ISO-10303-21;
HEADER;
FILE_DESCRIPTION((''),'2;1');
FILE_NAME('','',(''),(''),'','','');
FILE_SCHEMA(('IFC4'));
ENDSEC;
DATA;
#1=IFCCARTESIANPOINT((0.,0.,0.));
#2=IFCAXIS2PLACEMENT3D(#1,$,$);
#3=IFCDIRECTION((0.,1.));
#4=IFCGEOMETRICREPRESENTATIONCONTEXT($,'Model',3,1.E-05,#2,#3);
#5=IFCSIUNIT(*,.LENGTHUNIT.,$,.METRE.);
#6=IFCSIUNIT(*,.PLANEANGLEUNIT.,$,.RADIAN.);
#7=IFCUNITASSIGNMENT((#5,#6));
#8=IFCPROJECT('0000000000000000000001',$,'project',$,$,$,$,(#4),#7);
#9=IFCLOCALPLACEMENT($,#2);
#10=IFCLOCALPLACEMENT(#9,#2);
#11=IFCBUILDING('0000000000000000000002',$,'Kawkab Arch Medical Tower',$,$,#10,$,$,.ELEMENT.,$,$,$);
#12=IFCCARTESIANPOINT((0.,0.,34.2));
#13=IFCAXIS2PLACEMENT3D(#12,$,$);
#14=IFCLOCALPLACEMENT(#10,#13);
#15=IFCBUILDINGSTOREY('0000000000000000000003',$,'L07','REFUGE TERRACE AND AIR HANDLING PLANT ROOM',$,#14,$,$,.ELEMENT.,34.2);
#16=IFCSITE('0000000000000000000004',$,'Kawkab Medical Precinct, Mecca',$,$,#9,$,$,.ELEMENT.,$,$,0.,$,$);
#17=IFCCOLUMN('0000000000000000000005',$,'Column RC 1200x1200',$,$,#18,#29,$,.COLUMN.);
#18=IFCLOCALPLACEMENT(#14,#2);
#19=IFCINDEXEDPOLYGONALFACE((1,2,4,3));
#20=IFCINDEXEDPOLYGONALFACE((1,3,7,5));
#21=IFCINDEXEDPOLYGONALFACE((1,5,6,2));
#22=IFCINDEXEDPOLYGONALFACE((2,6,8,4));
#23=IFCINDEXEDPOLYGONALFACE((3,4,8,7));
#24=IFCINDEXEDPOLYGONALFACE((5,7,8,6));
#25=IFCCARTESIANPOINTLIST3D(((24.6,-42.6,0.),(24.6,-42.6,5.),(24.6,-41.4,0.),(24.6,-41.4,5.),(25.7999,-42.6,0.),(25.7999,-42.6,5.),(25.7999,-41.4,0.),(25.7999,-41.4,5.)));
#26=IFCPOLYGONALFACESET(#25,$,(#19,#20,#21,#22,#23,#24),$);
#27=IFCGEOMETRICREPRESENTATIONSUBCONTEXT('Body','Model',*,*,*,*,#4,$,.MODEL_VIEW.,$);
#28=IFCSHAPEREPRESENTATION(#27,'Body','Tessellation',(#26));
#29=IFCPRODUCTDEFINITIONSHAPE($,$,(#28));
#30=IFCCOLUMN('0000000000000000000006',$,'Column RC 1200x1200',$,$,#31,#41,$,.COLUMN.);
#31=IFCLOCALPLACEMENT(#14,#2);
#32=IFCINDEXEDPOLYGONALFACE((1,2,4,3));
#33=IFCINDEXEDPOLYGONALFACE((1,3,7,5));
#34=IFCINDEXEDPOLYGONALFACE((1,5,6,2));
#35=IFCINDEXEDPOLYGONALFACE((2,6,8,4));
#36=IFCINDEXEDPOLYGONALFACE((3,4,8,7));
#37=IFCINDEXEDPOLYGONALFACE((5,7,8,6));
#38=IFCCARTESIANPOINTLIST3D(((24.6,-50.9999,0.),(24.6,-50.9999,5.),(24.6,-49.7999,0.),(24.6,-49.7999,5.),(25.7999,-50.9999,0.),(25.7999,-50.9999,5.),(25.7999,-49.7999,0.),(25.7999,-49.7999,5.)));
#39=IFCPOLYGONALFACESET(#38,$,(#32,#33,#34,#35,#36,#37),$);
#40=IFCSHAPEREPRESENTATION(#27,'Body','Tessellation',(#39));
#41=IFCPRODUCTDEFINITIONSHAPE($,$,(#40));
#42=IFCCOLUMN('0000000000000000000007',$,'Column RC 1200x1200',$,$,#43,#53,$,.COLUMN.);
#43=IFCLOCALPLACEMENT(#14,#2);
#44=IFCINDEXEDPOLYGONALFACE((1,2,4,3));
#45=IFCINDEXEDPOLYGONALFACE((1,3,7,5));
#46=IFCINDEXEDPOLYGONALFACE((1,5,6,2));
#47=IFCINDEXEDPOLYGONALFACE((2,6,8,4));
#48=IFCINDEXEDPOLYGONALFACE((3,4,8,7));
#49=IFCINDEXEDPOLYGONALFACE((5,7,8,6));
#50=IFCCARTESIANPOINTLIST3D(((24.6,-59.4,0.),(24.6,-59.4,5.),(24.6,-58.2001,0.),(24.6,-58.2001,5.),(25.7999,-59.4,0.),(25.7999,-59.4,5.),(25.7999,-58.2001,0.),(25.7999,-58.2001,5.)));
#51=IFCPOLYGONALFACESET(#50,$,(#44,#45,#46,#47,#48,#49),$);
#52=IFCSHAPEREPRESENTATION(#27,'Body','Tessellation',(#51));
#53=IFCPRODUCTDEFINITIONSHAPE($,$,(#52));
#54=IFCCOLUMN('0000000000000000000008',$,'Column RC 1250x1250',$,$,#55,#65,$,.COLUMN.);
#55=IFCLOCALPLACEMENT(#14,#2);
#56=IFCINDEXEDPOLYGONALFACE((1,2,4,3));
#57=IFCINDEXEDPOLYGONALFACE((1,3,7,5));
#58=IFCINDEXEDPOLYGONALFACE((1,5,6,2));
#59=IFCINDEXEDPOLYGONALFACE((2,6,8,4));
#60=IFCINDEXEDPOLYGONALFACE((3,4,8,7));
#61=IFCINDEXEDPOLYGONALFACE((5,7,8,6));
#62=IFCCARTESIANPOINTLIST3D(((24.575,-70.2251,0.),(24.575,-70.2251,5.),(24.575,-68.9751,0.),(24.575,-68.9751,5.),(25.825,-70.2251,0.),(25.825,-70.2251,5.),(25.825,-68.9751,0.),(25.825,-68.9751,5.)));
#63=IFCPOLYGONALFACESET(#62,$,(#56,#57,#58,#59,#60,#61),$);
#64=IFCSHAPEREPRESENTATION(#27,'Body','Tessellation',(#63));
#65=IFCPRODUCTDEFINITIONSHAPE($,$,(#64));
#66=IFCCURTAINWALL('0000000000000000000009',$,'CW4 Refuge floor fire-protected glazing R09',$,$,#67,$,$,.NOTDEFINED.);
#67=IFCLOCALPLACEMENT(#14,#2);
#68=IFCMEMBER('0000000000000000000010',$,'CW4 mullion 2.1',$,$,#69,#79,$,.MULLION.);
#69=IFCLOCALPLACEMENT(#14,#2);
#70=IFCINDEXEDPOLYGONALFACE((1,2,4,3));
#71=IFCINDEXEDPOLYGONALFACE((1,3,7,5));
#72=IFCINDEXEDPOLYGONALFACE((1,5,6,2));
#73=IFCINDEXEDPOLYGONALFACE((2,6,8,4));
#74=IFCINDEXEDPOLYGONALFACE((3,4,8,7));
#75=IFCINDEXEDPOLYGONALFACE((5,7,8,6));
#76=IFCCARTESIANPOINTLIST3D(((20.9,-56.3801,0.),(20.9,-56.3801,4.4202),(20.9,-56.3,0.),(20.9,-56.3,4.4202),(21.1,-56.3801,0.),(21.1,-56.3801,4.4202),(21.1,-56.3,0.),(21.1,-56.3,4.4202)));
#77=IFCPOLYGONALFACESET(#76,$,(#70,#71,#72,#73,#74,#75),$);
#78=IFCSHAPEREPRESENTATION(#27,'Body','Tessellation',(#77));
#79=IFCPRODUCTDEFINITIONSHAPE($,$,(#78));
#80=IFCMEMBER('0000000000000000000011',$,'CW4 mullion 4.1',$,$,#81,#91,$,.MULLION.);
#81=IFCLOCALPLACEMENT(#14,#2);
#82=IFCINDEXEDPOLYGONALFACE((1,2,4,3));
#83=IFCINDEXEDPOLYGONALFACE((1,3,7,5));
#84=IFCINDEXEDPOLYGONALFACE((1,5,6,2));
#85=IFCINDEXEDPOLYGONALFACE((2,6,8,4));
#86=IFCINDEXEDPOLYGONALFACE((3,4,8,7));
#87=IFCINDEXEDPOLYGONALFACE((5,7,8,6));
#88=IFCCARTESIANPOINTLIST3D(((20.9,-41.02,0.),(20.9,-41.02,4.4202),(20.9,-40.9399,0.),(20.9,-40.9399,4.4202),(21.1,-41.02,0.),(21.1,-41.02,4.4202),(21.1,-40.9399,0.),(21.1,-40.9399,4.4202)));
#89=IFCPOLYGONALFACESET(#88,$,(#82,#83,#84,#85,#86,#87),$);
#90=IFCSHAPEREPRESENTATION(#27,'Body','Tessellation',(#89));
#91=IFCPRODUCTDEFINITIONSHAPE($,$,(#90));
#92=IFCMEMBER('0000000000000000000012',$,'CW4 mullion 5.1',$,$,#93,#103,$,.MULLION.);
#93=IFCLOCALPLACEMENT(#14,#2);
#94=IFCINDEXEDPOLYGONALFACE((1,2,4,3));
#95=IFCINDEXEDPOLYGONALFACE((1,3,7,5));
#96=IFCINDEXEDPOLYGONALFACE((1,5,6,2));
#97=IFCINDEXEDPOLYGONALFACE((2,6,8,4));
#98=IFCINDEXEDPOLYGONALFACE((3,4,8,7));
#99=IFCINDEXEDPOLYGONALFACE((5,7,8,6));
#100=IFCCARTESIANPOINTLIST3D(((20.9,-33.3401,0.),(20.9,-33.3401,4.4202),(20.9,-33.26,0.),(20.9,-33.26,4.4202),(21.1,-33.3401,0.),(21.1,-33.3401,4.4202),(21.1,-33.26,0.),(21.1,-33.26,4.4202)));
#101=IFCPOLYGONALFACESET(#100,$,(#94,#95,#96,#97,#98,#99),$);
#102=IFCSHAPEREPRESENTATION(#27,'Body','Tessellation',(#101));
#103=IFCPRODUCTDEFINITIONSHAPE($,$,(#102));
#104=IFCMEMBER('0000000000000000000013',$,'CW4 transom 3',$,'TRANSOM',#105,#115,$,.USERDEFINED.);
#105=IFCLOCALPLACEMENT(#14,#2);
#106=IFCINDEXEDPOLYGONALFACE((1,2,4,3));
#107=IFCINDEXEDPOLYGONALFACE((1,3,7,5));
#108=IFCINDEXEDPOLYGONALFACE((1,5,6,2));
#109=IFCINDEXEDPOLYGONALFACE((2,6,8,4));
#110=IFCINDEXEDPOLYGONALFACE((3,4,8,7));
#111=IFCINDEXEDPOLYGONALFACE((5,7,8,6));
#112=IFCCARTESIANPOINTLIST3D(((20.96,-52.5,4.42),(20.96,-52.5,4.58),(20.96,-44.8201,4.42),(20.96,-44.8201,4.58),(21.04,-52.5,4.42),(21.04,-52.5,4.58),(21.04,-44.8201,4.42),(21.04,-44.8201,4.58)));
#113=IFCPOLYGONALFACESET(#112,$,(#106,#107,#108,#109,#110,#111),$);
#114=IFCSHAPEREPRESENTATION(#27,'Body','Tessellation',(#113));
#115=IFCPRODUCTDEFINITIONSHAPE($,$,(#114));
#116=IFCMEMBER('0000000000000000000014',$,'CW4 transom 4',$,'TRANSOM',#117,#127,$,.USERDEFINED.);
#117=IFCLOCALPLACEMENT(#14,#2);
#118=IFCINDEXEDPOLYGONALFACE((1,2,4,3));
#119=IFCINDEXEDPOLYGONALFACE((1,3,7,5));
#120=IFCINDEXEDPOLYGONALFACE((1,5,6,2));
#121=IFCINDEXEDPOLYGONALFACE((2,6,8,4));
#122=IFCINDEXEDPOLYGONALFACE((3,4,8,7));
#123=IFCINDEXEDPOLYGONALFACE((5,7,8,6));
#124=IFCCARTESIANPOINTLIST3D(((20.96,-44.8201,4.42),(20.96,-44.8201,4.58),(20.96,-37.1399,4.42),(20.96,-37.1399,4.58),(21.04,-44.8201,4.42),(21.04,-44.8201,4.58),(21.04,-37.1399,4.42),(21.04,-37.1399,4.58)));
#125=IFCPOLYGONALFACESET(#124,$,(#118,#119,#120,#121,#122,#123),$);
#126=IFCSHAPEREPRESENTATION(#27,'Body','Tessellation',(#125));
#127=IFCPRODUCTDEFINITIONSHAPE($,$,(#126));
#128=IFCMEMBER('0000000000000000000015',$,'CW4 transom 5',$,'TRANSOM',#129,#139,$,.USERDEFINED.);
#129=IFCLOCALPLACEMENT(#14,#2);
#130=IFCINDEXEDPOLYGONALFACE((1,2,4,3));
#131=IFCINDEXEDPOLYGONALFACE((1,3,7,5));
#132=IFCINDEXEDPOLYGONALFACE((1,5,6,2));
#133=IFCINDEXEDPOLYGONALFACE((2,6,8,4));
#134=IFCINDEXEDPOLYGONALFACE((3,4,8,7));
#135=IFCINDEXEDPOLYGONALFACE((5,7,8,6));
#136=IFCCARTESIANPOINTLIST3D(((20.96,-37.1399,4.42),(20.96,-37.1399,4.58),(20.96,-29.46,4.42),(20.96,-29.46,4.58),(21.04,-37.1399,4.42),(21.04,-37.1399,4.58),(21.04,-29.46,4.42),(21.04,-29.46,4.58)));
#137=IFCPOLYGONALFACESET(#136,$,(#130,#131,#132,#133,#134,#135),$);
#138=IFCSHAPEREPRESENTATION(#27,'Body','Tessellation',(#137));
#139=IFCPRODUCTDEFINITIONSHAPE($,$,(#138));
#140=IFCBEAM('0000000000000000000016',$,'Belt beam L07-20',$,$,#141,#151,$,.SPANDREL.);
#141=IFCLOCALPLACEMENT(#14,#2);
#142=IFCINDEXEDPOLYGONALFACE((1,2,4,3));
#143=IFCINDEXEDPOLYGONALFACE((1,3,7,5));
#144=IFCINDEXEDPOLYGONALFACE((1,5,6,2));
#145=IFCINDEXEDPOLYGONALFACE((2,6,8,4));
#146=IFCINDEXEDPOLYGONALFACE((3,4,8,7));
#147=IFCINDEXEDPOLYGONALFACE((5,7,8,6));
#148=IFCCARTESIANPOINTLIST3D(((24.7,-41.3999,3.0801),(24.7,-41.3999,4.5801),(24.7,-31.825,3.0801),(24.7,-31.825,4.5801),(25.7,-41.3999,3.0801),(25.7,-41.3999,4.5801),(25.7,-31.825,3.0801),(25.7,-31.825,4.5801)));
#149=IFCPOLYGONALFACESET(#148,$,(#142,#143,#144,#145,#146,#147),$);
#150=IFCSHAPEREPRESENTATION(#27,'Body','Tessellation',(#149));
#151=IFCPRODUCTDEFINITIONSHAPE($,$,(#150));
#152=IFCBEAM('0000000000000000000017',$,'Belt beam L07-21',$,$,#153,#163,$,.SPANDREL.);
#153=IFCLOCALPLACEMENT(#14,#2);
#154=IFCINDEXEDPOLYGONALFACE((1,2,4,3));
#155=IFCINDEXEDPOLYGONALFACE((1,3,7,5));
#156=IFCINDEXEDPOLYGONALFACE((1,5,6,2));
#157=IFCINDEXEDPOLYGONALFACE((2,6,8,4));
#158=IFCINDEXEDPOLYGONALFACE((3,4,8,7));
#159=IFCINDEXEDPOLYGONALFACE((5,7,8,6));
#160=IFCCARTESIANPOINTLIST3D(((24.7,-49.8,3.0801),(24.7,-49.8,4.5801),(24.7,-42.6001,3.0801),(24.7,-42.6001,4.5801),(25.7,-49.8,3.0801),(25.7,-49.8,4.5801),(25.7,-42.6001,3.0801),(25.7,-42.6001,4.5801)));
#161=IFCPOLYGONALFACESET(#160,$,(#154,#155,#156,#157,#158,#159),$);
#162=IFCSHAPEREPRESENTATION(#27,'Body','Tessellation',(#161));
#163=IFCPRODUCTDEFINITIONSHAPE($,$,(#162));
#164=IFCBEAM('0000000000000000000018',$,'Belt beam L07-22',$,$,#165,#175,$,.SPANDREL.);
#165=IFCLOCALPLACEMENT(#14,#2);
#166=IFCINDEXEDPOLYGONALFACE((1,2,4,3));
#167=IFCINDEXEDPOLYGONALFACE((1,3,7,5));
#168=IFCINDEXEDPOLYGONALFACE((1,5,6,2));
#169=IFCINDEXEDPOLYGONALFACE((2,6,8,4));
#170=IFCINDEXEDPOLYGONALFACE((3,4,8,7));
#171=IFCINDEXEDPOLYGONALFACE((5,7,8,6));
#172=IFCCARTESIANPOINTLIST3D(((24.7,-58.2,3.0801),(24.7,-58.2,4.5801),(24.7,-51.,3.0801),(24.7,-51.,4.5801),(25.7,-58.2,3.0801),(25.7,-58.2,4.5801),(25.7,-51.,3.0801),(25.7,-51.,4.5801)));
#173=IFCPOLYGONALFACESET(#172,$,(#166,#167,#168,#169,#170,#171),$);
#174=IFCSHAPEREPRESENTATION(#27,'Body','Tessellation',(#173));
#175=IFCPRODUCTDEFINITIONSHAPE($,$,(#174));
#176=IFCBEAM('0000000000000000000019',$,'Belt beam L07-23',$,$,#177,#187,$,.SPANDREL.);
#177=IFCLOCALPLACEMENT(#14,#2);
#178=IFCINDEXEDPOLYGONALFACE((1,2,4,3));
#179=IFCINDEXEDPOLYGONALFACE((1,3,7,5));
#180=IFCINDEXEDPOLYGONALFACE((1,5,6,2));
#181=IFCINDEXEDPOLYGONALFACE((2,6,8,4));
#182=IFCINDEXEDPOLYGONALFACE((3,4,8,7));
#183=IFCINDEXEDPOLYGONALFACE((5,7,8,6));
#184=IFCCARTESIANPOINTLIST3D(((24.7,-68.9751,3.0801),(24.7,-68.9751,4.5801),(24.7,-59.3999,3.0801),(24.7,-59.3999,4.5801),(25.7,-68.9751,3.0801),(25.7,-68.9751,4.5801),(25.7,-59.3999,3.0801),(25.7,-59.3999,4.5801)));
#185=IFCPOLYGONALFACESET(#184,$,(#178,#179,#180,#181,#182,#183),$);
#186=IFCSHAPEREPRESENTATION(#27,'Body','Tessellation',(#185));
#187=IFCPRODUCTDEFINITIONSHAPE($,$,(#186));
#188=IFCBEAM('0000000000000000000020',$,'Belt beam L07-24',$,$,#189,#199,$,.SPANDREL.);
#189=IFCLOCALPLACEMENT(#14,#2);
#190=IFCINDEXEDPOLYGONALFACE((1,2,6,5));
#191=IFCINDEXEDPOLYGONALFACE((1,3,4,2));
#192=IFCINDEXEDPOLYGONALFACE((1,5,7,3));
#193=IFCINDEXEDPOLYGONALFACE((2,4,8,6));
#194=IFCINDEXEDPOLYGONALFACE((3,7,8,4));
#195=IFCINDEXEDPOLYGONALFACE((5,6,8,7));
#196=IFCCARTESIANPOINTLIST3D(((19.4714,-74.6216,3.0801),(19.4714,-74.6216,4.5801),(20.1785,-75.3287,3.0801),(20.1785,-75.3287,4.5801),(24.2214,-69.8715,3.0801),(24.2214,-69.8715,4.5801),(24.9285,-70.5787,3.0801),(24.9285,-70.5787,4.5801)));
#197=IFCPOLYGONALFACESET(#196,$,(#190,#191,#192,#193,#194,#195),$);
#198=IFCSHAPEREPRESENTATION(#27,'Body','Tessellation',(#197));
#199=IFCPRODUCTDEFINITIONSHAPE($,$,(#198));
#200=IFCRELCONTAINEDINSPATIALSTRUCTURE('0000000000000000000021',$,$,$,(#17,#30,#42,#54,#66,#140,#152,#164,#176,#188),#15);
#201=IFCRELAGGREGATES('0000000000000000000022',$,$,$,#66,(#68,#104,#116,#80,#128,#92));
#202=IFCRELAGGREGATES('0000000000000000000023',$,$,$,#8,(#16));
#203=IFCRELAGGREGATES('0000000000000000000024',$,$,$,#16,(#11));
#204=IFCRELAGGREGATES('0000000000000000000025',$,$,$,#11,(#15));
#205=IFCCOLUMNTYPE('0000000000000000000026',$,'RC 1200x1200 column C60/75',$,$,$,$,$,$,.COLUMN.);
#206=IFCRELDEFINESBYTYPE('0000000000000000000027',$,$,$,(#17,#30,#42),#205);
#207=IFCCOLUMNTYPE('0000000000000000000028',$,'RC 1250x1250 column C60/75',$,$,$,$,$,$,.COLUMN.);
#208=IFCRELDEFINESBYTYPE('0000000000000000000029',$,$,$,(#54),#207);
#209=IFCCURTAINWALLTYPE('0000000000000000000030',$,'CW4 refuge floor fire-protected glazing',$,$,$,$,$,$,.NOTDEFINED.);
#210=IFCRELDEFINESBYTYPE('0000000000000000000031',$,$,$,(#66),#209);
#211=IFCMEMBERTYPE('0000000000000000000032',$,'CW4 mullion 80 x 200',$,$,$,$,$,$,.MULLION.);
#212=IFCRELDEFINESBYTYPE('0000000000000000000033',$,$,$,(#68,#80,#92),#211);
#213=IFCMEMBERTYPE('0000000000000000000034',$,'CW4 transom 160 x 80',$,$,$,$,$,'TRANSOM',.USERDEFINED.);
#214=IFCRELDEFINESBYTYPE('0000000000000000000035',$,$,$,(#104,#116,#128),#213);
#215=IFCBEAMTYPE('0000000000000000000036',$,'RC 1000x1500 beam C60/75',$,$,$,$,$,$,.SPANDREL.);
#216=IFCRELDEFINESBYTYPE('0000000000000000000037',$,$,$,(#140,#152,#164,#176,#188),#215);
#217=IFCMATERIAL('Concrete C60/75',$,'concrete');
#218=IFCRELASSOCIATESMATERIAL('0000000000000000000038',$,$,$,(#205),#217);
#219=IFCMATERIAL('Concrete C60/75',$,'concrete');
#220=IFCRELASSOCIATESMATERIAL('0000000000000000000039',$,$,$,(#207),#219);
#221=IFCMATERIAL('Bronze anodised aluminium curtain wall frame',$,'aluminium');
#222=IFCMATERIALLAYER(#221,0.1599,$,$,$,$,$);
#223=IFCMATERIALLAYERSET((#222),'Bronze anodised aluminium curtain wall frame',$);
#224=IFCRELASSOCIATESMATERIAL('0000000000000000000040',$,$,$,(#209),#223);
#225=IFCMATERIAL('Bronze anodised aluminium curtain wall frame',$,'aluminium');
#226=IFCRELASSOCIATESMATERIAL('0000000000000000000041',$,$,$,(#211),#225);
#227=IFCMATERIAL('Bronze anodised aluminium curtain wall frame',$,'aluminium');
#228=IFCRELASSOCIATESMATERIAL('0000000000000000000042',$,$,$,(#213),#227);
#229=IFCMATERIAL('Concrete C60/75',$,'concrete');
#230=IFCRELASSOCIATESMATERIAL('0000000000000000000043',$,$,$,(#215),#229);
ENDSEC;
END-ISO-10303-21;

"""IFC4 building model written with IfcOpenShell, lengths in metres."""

from ifc_helpers import new_model, si_unit, direction, frame, origin, origin_2d, place, context, subcontext, project, spatial, rectangle, extrude, material, layer, layer_set, material_profile, profile_set, type_object, element, aggregate, save


model = new_model("IFC4")

# Units and contexts
model_context = context("Model", 3, precision=1e-05, world=origin(), true_north=direction((0.0, 1.0)))
body_context = subcontext(model_context, "Body", "Model", "MODEL_VIEW")
ifc_project = project(units=[si_unit("LENGTHUNIT", "METRE"), si_unit("PLANEANGLEUNIT", "RADIAN")], contexts=[model_context])

# Site, building, storey
site_placement = place(None, origin())
site = spatial("IfcSite", under=ifc_project, at=site_placement, Name="Kawkab Medical Precinct, Mecca", CompositionType="ELEMENT", RefElevation=0.0)
building_placement = place(site_placement, origin())
building = spatial("IfcBuilding", under=site, at=building_placement, Name="Kawkab Arch Medical Tower", CompositionType="ELEMENT")
storey_placement = place(building_placement, frame((0.0, 0.0, 34.2)))
storey = spatial("IfcBuildingStorey", under=building, at=storey_placement, Name="L07", Description="REFUGE TERRACE AND AIR HANDLING PLANT ROOM", CompositionType="ELEMENT", Elevation=34.2)

# Columns
ifc_material_1 = material(Name="Concrete C60/75", Category="concrete")
ifc_material_profile_1 = material_profile(ifc_material_1, rectangle(XDim=1.2, YDim=1.2, at=origin_2d()), Name="RC 1200x1200")
ifc_profile_set_1 = profile_set([ifc_material_profile_1], Name="Concrete C60/75")
column_type_1 = type_object("IfcColumnType", Name="RC 1200x1200 column C60/75", PredefinedType="COLUMN", material=ifc_profile_set_1)
for number, where, z_axis, x_axis, name in (
    (1, (25.2, -42.0, 0.0), (0.0, 0.0, 1.0), (1.0, 0.0, 0.0), "Column RC 1200x1200"),
    (2, (25.2, -50.3999, 0.0), (0.0, 0.0, 1.0), (1.0, 0.0, 0.0), "Column RC 1200x1200"),
    (3, (25.2, -58.8, 0.0), (0.0, 0.0, 1.0), (1.0, 0.0, 0.0), "Column RC 1200x1200"),
):
    element("IfcColumn", number, at=place(storey_placement, frame(where, z_axis=z_axis, x_axis=x_axis)), inside=storey, type_object=column_type_1, Name=name, PredefinedType="COLUMN", context=body_context, shape_type="SweptSolid", body=[
        extrude(rectangle(XDim=1.2, YDim=1.2, at=origin_2d()), origin(), (0.0, 0.0, 1.0), 5.0),
    ])
ifc_material_2 = material(Name="Concrete C60/75", Category="concrete")
ifc_material_profile_2 = material_profile(ifc_material_2, rectangle(XDim=1.25, YDim=1.25, at=origin_2d()), Name="RC 1250x1250")
ifc_profile_set_2 = profile_set([ifc_material_profile_2], Name="Concrete C60/75")
column_type_2 = type_object("IfcColumnType", Name="RC 1250x1250 column C60/75", PredefinedType="COLUMN", material=ifc_profile_set_2)
column_placement = place(storey_placement, frame((25.2, -69.6001, 0.0), z_axis=(0.0, 0.0, 1.0), x_axis=(1.0, 0.0, 0.0)))
element("IfcColumn", 4, at=column_placement, inside=storey, type_object=column_type_2, Name="Column RC 1250x1250", PredefinedType="COLUMN", context=body_context, shape_type="SweptSolid", body=[
    extrude(rectangle(XDim=1.25, YDim=1.25, at=origin_2d()), origin(), (0.0, 0.0, 1.0), 5.0),
])

# Curtain wall, members
ifc_material_3 = material(Name="Bronze anodised aluminium curtain wall frame", Category="aluminium")
ifc_layer_1 = layer(ifc_material_3, 0.1599)
ifc_layer_set_1 = layer_set([ifc_layer_1], Name="Bronze anodised aluminium curtain wall frame")
curtain_wall_type = type_object("IfcCurtainWallType", Name="CW4 refuge floor fire-protected glazing", PredefinedType="NOTDEFINED", material=ifc_layer_set_1)
curtain_wall_placement = place(storey_placement, origin())
curtain_wall = element("IfcCurtainWall", 5, at=curtain_wall_placement, inside=storey, type_object=curtain_wall_type, Name="CW4 Refuge floor fire-protected glazing R09", PredefinedType="NOTDEFINED")
ifc_material_4 = material(Name="Bronze anodised aluminium curtain wall frame", Category="aluminium")
ifc_material_profile_3 = material_profile(ifc_material_4, rectangle(XDim=0.2, YDim=0.0801, at=origin_2d()), Name="AL 80x200")
ifc_profile_set_3 = profile_set([ifc_material_profile_3], Name="Bronze anodised aluminium curtain wall frame")
member_type_1 = type_object("IfcMemberType", Name="CW4 mullion 80 x 200", PredefinedType="MULLION", material=ifc_profile_set_3)
member_1_placement = place(storey_placement, frame((21.0, -56.3401, 0.0), z_axis=(0.0, 0.0, 1.0), x_axis=(-1.0, 0.0, 0.0)))
member_1 = element("IfcMember", 6, at=member_1_placement, type_object=member_type_1, Name="CW4 mullion 2.1", PredefinedType="MULLION", context=body_context, shape_type="SweptSolid", body=[
    extrude(rectangle(XDim=0.2, YDim=0.0801, at=origin_2d()), origin(), (0.0, 0.0, 1.0), 4.4202),
])
member_2_placement = place(storey_placement, frame((21.0, -40.98, 0.0), z_axis=(0.0, 0.0, 1.0), x_axis=(-1.0, 0.0, 0.0)))
member_2 = element("IfcMember", 7, at=member_2_placement, type_object=member_type_1, Name="CW4 mullion 4.1", PredefinedType="MULLION", context=body_context, shape_type="SweptSolid", body=[
    extrude(rectangle(XDim=0.2, YDim=0.0801, at=origin_2d()), origin(), (0.0, 0.0, 1.0), 4.4202),
])
member_3_placement = place(storey_placement, frame((21.0, -33.3, 0.0), z_axis=(0.0, 0.0, 1.0), x_axis=(-1.0, 0.0, 0.0)))
member_3 = element("IfcMember", 8, at=member_3_placement, type_object=member_type_1, Name="CW4 mullion 5.1", PredefinedType="MULLION", context=body_context, shape_type="SweptSolid", body=[
    extrude(rectangle(XDim=0.2, YDim=0.0801, at=origin_2d()), origin(), (0.0, 0.0, 1.0), 4.4202),
])
ifc_material_5 = material(Name="Bronze anodised aluminium curtain wall frame", Category="aluminium")
ifc_material_profile_4 = material_profile(ifc_material_5, rectangle(XDim=0.0801, YDim=0.1599, at=origin_2d()), Name="AL 80x160")
ifc_profile_set_4 = profile_set([ifc_material_profile_4], Name="Bronze anodised aluminium curtain wall frame")
member_type_2 = type_object("IfcMemberType", Name="CW4 transom 160 x 80", ElementType="TRANSOM", PredefinedType="USERDEFINED", material=ifc_profile_set_4)
member_4_placement = place(storey_placement, frame((21.0, -52.5, 4.5), z_axis=(0.0, 1.0, 0.0), x_axis=(-1.0, 0.0, 0.0)))
member_4 = element("IfcMember", 9, at=member_4_placement, type_object=member_type_2, Name="CW4 transom 3", ObjectType="TRANSOM", PredefinedType="USERDEFINED", context=body_context, shape_type="SweptSolid", body=[
    extrude(rectangle(XDim=0.0801, YDim=0.1599, at=origin_2d()), origin(), (0.0, 0.0, 1.0), 7.6799),
])
member_5_placement = place(storey_placement, frame((21.0, -44.8201, 4.5), z_axis=(0.0, 1.0, 0.0), x_axis=(-1.0, 0.0, 0.0)))
member_5 = element("IfcMember", 10, at=member_5_placement, type_object=member_type_2, Name="CW4 transom 4", ObjectType="TRANSOM", PredefinedType="USERDEFINED", context=body_context, shape_type="SweptSolid", body=[
    extrude(rectangle(XDim=0.0801, YDim=0.1599, at=origin_2d()), origin(), (0.0, 0.0, 1.0), 7.6802),
])
member_6_placement = place(storey_placement, frame((21.0, -37.1399, 4.5), z_axis=(0.0, 1.0, 0.0), x_axis=(-1.0, 0.0, 0.0)))
member_6 = element("IfcMember", 11, at=member_6_placement, type_object=member_type_2, Name="CW4 transom 5", ObjectType="TRANSOM", PredefinedType="USERDEFINED", context=body_context, shape_type="SweptSolid", body=[
    extrude(rectangle(XDim=0.0801, YDim=0.1599, at=origin_2d()), origin(), (0.0, 0.0, 1.0), 7.6799),
])

# Beams
ifc_material_6 = material(Name="Concrete C60/75", Category="concrete")
ifc_material_profile_5 = material_profile(ifc_material_6, rectangle(XDim=1.0, YDim=1.5, at=origin_2d()), Name="RC 1000x1500")
ifc_profile_set_5 = profile_set([ifc_material_profile_5], Name="Concrete C60/75")
beam_type = type_object("IfcBeamType", Name="RC 1000x1500 beam C60/75", PredefinedType="SPANDREL", material=ifc_profile_set_5)
beam_1_placement = place(storey_placement, frame((25.2, -31.825, 3.8301), z_axis=(0.0, -1.0, 0.0), x_axis=(1.0, 0.0, 0.0)))
element("IfcBeam", 12, at=beam_1_placement, inside=storey, type_object=beam_type, Name="Belt beam L07-20", PredefinedType="SPANDREL", context=body_context, shape_type="SweptSolid", body=[
    extrude(rectangle(XDim=1.0, YDim=1.5, at=origin_2d()), origin(), (0.0, 0.0, 1.0), 9.575),
])
for number, where, z_axis, x_axis, name in (
    (13, (25.2, -42.6001, 3.8301), (0.0, -1.0, 0.0), (1.0, 0.0, 0.0), "Belt beam L07-21"),
    (14, (25.2, -51.0, 3.8301), (0.0, -1.0, 0.0), (1.0, 0.0, 0.0), "Belt beam L07-22"),
):
    element("IfcBeam", number, at=place(storey_placement, frame(where, z_axis=z_axis, x_axis=x_axis)), inside=storey, type_object=beam_type, Name=name, PredefinedType="SPANDREL", context=body_context, shape_type="SweptSolid", body=[
        extrude(rectangle(XDim=1.0, YDim=1.5, at=origin_2d()), origin(), (0.0, 0.0, 1.0), 7.2),
    ])
beam_2_placement = place(storey_placement, frame((25.2, -59.3999, 3.8301), z_axis=(0.0, -1.0, 0.0), x_axis=(1.0, 0.0, 0.0)))
element("IfcBeam", 15, at=beam_2_placement, inside=storey, type_object=beam_type, Name="Belt beam L07-23", PredefinedType="SPANDREL", context=body_context, shape_type="SweptSolid", body=[
    extrude(rectangle(XDim=1.0, YDim=1.5, at=origin_2d()), origin(), (0.0, 0.0, 1.0), 9.5752),
])
beam_3_placement = place(storey_placement, frame((24.575, -70.2251, 3.8301), z_axis=(-0.707107, -0.707107, 0.0), x_axis=(0.707107, -0.707107, 0.0)))
element("IfcBeam", 16, at=beam_3_placement, inside=storey, type_object=beam_type, Name="Belt beam L07-24", PredefinedType="SPANDREL", context=body_context, shape_type="SweptSolid", body=[
    extrude(rectangle(XDim=1.0, YDim=1.5, at=origin_2d()), origin(), (0.0, 0.0, 1.0), 6.7175),
])

aggregate(curtain_wall, [member_1, member_4, member_5, member_2, member_6, member_3])

save(model, "model.ifc")
